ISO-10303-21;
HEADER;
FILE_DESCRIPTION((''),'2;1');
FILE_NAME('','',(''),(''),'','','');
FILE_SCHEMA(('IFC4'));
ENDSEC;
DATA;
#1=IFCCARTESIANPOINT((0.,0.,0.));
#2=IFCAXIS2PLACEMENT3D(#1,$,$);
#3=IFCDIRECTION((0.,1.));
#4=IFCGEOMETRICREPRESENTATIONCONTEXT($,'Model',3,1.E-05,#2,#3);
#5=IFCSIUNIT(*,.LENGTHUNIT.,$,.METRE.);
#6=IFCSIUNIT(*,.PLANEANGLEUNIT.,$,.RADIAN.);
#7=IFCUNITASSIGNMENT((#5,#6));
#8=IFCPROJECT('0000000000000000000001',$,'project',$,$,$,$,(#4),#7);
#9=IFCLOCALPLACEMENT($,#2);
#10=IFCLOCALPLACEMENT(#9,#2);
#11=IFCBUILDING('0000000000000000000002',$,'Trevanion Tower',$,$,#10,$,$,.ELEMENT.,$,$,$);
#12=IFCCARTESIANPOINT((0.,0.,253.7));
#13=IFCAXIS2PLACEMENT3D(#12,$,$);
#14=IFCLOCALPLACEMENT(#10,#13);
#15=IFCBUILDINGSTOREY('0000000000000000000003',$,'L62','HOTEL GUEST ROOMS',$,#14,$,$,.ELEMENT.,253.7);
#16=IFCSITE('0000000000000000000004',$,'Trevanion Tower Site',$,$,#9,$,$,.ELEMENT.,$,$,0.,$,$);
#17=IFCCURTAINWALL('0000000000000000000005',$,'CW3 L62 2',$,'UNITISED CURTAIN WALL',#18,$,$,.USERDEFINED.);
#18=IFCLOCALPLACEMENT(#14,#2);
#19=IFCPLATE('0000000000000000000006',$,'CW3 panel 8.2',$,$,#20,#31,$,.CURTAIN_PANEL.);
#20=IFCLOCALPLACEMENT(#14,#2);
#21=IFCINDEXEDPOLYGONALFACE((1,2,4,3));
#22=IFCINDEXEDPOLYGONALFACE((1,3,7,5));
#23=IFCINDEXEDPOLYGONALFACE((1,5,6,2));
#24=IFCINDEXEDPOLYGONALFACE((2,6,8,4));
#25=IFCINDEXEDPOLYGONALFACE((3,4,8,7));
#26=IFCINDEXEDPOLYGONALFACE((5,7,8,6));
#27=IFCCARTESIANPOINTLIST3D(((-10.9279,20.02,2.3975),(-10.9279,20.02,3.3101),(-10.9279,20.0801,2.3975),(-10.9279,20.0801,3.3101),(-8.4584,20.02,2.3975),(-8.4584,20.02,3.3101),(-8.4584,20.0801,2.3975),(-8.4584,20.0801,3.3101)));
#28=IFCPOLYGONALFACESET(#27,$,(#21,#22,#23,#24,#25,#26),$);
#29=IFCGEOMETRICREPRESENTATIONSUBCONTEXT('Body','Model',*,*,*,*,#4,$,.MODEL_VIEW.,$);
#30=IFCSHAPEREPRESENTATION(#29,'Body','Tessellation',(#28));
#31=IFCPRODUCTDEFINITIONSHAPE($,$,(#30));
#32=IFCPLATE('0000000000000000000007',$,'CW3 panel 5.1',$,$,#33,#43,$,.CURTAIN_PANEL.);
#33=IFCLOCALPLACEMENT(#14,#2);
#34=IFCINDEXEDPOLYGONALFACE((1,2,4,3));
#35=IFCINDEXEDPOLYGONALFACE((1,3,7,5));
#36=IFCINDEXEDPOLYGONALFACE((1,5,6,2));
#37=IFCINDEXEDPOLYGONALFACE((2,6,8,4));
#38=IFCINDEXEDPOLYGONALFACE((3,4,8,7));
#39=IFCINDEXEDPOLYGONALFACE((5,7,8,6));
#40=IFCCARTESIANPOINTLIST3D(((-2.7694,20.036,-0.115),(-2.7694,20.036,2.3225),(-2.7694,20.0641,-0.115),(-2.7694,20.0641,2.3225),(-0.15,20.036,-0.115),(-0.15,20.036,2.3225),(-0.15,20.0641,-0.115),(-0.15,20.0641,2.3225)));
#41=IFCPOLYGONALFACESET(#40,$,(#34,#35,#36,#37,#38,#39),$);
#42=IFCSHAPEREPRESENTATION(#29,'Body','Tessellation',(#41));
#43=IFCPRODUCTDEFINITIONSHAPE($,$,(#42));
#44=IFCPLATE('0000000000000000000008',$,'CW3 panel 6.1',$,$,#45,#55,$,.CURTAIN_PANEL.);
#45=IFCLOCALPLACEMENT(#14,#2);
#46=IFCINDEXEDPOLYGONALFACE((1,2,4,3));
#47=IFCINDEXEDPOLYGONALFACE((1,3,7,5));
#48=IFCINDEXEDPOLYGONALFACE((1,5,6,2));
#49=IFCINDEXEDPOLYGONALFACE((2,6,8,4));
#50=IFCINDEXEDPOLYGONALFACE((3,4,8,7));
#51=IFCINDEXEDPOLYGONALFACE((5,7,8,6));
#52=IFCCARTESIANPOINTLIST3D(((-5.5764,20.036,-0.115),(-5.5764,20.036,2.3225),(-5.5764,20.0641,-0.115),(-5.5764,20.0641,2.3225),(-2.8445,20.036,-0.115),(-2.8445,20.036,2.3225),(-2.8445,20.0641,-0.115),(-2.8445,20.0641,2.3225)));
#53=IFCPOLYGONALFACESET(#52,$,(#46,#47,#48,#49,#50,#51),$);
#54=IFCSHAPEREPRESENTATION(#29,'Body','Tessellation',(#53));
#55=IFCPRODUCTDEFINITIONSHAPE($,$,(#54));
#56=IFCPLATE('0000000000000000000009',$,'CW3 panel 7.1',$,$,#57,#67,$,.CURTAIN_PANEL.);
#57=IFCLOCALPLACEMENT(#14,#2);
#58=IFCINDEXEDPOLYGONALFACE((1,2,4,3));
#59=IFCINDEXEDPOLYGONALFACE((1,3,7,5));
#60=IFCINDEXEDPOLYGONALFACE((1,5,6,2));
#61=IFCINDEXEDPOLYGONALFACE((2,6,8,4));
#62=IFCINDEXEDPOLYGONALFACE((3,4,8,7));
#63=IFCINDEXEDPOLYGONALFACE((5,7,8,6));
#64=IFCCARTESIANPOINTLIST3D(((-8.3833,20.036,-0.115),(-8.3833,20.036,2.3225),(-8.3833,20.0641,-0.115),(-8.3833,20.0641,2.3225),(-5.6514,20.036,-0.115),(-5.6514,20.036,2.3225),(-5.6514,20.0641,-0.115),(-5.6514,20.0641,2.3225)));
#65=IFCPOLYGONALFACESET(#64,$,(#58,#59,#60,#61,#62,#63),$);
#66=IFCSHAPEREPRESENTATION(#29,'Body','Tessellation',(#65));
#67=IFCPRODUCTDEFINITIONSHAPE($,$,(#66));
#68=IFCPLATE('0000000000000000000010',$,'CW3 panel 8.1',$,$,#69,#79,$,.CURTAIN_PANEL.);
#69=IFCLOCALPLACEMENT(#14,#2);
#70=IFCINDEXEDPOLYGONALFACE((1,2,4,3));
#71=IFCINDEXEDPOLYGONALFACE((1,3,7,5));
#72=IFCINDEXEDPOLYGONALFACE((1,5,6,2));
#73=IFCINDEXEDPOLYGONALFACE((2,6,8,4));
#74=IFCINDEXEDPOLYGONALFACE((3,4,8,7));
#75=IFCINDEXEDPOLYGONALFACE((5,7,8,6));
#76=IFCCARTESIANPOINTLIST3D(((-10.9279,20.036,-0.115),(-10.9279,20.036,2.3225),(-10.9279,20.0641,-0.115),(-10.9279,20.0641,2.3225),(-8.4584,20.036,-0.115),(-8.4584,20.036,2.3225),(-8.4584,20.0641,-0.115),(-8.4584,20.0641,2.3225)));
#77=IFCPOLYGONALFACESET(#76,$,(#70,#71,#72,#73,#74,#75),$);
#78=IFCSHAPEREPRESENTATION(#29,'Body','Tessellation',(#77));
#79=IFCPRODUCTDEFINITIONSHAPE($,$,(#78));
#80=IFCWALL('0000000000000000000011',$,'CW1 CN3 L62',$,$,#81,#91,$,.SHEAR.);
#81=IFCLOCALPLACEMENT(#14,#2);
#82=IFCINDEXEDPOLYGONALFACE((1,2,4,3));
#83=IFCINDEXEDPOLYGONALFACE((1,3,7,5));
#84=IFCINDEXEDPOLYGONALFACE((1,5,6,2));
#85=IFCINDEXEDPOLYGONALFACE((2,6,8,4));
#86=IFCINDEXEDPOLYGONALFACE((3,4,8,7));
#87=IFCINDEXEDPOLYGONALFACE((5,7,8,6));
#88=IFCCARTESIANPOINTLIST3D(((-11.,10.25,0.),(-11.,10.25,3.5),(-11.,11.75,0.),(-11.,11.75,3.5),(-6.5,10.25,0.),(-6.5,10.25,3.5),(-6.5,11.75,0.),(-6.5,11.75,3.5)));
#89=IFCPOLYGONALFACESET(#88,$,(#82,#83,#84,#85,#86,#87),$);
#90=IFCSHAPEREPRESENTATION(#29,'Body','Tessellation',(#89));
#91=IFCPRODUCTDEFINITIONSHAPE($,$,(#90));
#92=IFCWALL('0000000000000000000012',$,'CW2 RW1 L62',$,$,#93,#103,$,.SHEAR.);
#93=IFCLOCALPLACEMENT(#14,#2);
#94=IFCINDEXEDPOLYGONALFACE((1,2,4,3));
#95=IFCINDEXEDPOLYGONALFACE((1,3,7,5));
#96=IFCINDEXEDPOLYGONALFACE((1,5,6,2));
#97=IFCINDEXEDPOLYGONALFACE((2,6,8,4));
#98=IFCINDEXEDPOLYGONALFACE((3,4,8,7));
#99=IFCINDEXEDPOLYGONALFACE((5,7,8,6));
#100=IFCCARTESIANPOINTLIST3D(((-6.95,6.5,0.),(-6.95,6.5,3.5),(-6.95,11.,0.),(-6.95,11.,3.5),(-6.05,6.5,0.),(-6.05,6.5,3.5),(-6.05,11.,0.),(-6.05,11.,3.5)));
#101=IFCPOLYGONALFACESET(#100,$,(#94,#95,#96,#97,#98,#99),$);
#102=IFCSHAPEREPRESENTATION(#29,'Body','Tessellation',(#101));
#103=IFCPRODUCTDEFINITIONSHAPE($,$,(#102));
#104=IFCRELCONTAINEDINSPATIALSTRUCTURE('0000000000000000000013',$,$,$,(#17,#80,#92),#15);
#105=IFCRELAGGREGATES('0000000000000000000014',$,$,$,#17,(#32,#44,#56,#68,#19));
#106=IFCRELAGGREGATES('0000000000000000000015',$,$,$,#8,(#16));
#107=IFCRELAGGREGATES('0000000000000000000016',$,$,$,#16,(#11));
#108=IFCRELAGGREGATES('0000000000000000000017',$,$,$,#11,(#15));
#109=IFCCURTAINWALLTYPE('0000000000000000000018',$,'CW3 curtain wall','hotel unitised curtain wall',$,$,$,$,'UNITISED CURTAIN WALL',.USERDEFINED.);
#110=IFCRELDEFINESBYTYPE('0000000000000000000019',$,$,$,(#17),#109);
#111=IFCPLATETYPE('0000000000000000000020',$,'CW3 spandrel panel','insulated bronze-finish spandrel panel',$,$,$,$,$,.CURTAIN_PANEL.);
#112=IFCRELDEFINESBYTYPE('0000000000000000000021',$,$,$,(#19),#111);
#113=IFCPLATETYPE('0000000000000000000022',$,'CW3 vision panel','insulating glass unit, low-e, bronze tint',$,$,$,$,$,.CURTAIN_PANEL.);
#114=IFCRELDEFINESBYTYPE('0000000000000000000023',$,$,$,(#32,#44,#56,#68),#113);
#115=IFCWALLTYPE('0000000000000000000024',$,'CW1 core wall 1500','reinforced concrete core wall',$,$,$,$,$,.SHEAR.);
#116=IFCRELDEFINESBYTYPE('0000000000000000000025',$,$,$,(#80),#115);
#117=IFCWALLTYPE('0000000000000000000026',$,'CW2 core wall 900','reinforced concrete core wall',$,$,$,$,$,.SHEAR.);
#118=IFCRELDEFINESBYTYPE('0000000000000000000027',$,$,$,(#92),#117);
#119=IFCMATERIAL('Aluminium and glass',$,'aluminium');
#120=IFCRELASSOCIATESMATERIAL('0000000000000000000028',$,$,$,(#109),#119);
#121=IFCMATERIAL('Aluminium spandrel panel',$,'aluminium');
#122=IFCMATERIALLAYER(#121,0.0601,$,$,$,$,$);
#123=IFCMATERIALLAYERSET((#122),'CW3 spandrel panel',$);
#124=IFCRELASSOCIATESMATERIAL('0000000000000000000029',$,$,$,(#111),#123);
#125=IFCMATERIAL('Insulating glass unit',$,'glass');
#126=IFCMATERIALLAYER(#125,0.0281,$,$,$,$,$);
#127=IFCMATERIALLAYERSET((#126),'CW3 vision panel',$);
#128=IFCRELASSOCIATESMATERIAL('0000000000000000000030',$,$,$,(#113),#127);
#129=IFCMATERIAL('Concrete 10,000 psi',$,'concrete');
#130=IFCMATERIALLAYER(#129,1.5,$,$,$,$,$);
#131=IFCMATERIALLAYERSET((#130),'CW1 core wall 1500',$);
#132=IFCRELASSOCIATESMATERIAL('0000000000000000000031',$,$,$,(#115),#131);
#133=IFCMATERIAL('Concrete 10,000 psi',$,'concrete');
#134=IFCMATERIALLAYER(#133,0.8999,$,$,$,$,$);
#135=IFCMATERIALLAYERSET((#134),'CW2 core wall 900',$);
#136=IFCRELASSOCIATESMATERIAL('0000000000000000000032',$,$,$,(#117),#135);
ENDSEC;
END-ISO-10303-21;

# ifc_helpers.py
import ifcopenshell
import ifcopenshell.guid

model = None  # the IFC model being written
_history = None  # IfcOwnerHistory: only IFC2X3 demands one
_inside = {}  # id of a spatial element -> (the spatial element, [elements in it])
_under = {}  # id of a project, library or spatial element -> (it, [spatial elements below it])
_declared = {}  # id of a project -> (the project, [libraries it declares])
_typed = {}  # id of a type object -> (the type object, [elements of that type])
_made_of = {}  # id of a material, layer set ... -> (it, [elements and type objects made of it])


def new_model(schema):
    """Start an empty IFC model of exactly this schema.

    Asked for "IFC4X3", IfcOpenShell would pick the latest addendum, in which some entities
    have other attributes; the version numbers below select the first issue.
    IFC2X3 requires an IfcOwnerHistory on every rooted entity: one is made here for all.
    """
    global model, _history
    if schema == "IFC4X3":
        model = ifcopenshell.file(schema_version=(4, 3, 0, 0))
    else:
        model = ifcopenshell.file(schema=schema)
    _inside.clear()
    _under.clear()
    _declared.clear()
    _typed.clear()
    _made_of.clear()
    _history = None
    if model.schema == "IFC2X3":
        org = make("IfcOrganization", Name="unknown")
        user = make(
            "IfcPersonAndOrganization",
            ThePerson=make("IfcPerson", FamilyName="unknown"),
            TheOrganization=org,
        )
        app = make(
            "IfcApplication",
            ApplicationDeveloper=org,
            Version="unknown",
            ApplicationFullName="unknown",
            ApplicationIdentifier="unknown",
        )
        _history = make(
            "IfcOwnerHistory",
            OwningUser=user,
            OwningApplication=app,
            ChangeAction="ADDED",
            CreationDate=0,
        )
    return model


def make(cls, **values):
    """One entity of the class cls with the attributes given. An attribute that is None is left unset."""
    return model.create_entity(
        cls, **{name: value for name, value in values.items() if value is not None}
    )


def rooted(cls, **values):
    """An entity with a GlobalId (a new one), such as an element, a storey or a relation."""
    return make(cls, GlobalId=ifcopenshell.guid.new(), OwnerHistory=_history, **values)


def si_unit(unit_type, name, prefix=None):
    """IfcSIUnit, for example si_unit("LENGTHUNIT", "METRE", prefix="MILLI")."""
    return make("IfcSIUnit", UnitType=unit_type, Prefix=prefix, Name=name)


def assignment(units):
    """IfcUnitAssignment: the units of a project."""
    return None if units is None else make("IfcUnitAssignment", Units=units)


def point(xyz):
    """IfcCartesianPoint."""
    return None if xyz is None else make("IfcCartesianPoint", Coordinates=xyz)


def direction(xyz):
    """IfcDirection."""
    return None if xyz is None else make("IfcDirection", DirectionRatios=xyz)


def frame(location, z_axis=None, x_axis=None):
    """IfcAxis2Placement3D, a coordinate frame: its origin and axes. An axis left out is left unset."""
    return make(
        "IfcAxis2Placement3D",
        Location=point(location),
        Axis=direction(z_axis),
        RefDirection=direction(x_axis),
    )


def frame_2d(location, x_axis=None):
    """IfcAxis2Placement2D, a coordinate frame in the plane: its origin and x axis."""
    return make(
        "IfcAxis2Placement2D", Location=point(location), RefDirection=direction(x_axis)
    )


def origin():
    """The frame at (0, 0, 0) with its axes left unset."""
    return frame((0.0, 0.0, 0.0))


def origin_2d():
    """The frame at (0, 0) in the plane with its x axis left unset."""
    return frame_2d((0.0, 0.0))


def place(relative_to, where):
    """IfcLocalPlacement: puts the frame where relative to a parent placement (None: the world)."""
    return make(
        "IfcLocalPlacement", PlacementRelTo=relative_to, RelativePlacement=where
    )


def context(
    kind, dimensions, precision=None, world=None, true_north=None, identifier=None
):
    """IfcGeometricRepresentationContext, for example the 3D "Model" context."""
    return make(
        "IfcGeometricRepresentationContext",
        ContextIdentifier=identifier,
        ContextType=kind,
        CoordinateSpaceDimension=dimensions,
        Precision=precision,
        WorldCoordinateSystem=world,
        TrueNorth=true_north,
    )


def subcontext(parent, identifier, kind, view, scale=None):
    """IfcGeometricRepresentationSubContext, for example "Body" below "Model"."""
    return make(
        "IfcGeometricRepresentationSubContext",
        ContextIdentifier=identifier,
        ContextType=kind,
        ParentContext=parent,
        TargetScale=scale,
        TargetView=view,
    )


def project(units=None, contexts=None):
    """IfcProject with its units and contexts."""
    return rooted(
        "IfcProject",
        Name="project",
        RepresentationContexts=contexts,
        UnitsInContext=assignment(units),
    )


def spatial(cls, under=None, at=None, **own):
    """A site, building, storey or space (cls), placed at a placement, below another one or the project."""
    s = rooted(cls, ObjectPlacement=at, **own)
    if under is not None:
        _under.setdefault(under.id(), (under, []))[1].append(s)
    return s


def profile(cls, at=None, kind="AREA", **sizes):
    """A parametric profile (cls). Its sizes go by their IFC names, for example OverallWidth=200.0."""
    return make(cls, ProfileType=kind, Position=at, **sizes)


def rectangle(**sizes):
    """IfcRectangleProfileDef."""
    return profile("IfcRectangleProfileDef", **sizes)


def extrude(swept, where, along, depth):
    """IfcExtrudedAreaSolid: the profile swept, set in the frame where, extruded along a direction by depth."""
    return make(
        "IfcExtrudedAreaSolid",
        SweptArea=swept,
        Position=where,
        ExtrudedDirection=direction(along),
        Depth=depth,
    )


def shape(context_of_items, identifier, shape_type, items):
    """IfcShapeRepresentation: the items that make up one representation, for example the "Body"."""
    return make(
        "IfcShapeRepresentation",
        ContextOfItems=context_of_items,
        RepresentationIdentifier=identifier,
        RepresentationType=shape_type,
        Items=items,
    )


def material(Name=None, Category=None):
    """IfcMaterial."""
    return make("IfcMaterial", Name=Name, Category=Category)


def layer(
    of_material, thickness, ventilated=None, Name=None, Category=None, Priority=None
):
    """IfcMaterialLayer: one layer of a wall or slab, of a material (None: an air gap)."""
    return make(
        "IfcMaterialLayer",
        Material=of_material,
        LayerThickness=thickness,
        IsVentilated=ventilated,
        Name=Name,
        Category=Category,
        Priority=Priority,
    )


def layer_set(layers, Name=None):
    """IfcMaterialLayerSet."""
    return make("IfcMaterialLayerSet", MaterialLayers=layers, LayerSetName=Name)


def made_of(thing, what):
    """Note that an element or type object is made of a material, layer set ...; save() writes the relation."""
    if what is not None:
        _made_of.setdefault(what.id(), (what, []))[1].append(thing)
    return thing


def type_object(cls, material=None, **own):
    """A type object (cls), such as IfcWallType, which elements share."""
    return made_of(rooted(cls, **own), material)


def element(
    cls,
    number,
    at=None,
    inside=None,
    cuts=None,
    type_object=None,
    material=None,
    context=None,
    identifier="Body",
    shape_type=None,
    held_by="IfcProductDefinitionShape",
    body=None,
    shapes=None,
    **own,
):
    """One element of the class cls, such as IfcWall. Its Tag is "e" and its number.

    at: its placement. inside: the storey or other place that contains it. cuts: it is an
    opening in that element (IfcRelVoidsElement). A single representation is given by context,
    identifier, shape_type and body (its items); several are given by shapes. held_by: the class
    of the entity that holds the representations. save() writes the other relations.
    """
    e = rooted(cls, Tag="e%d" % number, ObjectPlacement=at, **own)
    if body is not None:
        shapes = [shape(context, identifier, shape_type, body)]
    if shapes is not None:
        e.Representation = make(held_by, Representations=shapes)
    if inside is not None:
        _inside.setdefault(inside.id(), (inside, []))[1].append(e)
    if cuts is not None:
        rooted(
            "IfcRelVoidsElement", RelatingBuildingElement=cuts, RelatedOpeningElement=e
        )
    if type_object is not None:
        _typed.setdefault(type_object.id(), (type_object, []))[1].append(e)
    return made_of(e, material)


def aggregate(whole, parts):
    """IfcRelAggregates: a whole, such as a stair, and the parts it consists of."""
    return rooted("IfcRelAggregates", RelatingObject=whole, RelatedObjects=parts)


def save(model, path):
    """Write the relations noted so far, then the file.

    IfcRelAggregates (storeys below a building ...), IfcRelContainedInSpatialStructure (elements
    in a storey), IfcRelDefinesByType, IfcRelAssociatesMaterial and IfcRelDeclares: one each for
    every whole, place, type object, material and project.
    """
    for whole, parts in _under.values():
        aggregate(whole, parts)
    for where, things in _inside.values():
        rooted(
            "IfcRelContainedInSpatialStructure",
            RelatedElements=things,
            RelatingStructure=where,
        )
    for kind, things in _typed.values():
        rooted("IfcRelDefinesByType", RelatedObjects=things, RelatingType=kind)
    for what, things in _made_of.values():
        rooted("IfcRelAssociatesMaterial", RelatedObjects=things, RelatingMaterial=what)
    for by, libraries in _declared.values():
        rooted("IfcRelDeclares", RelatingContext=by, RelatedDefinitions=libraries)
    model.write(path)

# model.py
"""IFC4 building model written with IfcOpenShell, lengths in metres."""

from ifc_helpers import new_model, si_unit, direction, frame, frame_2d, origin, origin_2d, place, context, subcontext, project, spatial, rectangle, extrude, material, layer, layer_set, type_object, element, aggregate, save


model = new_model("IFC4")

# Units and contexts
model_context = context("Model", 3, precision=1e-05, world=origin(), true_north=direction((0.0, 1.0)))
body_context = subcontext(model_context, "Body", "Model", "MODEL_VIEW")
ifc_project = project(units=[si_unit("LENGTHUNIT", "METRE"), si_unit("PLANEANGLEUNIT", "RADIAN")], contexts=[model_context])

# Site, building, storey
site_placement = place(None, origin())
site = spatial("IfcSite", under=ifc_project, at=site_placement, Name="Trevanion Tower Site", CompositionType="ELEMENT", RefElevation=0.0)
building_placement = place(site_placement, origin())
building = spatial("IfcBuilding", under=site, at=building_placement, Name="Trevanion Tower", CompositionType="ELEMENT")
storey_placement = place(building_placement, frame((0.0, 0.0, 253.7)))
storey = spatial("IfcBuildingStorey", under=building, at=storey_placement, Name="L62", Description="HOTEL GUEST ROOMS", CompositionType="ELEMENT", Elevation=253.7)

# Curtain wall
ifc_material_1 = material(Name="Aluminium and glass", Category="aluminium")
curtain_wall_type = type_object("IfcCurtainWallType", Name="CW3 curtain wall", Description="hotel unitised curtain wall", ElementType="UNITISED CURTAIN WALL", PredefinedType="USERDEFINED", material=ifc_material_1)
curtain_wall_placement = place(storey_placement, origin())
curtain_wall = element("IfcCurtainWall", 1, at=curtain_wall_placement, inside=storey, type_object=curtain_wall_type, Name="CW3 L62 2", ObjectType="UNITISED CURTAIN WALL", PredefinedType="USERDEFINED")

# Plates
ifc_material_2 = material(Name="Aluminium spandrel panel", Category="aluminium")
ifc_layer_1 = layer(ifc_material_2, 0.0601)
ifc_layer_set_1 = layer_set([ifc_layer_1], Name="CW3 spandrel panel")
plate_type_1 = type_object("IfcPlateType", Name="CW3 spandrel panel", Description="insulated bronze-finish spandrel panel", PredefinedType="CURTAIN_PANEL", material=ifc_layer_set_1)
plate_1_placement = place(storey_placement, frame((-9.6931, 20.05, 2.3975), z_axis=(0.0, 0.0, 1.0), x_axis=(-1.0, 0.0, 0.0)))
plate_1 = element("IfcPlate", 2, at=plate_1_placement, type_object=plate_type_1, Name="CW3 panel 8.2", PredefinedType="CURTAIN_PANEL", context=body_context, shape_type="SweptSolid", body=[
    extrude(rectangle(XDim=2.4695, YDim=0.0601, at=origin_2d()), origin(), (0.0, 0.0, 1.0), 0.9126),
])
ifc_material_3 = material(Name="Insulating glass unit", Category="glass")
ifc_layer_2 = layer(ifc_material_3, 0.0281)
ifc_layer_set_2 = layer_set([ifc_layer_2], Name="CW3 vision panel")
plate_type_2 = type_object("IfcPlateType", Name="CW3 vision panel", Description="insulating glass unit, low-e, bronze tint", PredefinedType="CURTAIN_PANEL", material=ifc_layer_set_2)
plate_2_placement = place(storey_placement, frame((-1.4597, 20.05, -0.115), z_axis=(0.0, 0.0, 1.0), x_axis=(-1.0, 0.0, 0.0)))
plate_2 = element("IfcPlate", 3, at=plate_2_placement, type_object=plate_type_2, Name="CW3 panel 5.1", PredefinedType="CURTAIN_PANEL", context=body_context, shape_type="SweptSolid", body=[
    extrude(rectangle(XDim=2.6194, YDim=0.0281, at=origin_2d()), origin(), (0.0, 0.0, 1.0), 2.4375),
])
plate_3_placement = place(storey_placement, frame((-4.2104, 20.05, -0.115), z_axis=(0.0, 0.0, 1.0), x_axis=(-1.0, 0.0, 0.0)))
plate_3 = element("IfcPlate", 4, at=plate_3_placement, type_object=plate_type_2, Name="CW3 panel 6.1", PredefinedType="CURTAIN_PANEL", context=body_context, shape_type="SweptSolid", body=[
    extrude(rectangle(XDim=2.7319, YDim=0.0281, at=origin_2d()), origin(), (0.0, 0.0, 1.0), 2.4375),
])
plate_4_placement = place(storey_placement, frame((-7.0173, 20.05, -0.115), z_axis=(0.0, 0.0, 1.0), x_axis=(-1.0, 0.0, 0.0)))
plate_4 = element("IfcPlate", 5, at=plate_4_placement, type_object=plate_type_2, Name="CW3 panel 7.1", PredefinedType="CURTAIN_PANEL", context=body_context, shape_type="SweptSolid", body=[
    extrude(rectangle(XDim=2.7319, YDim=0.0281, at=origin_2d()), origin(), (0.0, 0.0, 1.0), 2.4375),
])
plate_5_placement = place(storey_placement, frame((-9.6931, 20.05, -0.115), z_axis=(0.0, 0.0, 1.0), x_axis=(-1.0, 0.0, 0.0)))
plate_5 = element("IfcPlate", 6, at=plate_5_placement, type_object=plate_type_2, Name="CW3 panel 8.1", PredefinedType="CURTAIN_PANEL", context=body_context, shape_type="SweptSolid", body=[
    extrude(rectangle(XDim=2.4695, YDim=0.0281, at=origin_2d()), origin(), (0.0, 0.0, 1.0), 2.4375),
])
aggregate(curtain_wall, [plate_2, plate_3, plate_4, plate_5, plate_1])

# Walls
ifc_material_4 = material(Name="Concrete 10,000 psi", Category="concrete")
ifc_layer_3 = layer(ifc_material_4, 1.5)
ifc_layer_set_3 = layer_set([ifc_layer_3], Name="CW1 core wall 1500")
wall_type_1 = type_object("IfcWallType", Name="CW1 core wall 1500", Description="reinforced concrete core wall", PredefinedType="SHEAR", material=ifc_layer_set_3)
wall_1_placement = place(storey_placement, frame((-6.5, 11.0, 0.0), z_axis=(0.0, 0.0, 1.0), x_axis=(-1.0, 0.0, 0.0)))
element("IfcWall", 7, at=wall_1_placement, inside=storey, type_object=wall_type_1, Name="CW1 CN3 L62", PredefinedType="SHEAR", context=body_context, shape_type="SweptSolid", body=[
    extrude(rectangle(XDim=4.5, YDim=1.5, at=frame_2d((2.25, 0.0))), origin(), (0.0, 0.0, 1.0), 3.5),
])
ifc_material_5 = material(Name="Concrete 10,000 psi", Category="concrete")
ifc_layer_4 = layer(ifc_material_5, 0.8999)
ifc_layer_set_4 = layer_set([ifc_layer_4], Name="CW2 core wall 900")
wall_type_2 = type_object("IfcWallType", Name="CW2 core wall 900", Description="reinforced concrete core wall", PredefinedType="SHEAR", material=ifc_layer_set_4)
wall_2_placement = place(storey_placement, frame((-6.5, 11.0, 0.0), z_axis=(0.0, 0.0, 1.0), x_axis=(0.0, -1.0, 0.0)))
element("IfcWall", 8, at=wall_2_placement, inside=storey, type_object=wall_type_2, Name="CW2 RW1 L62", PredefinedType="SHEAR", context=body_context, shape_type="SweptSolid", body=[
    extrude(rectangle(XDim=4.5, YDim=0.8999, at=frame_2d((2.25, 0.0))), origin(), (0.0, 0.0, 1.0), 3.5),
])

save(model, "model.ifc")
